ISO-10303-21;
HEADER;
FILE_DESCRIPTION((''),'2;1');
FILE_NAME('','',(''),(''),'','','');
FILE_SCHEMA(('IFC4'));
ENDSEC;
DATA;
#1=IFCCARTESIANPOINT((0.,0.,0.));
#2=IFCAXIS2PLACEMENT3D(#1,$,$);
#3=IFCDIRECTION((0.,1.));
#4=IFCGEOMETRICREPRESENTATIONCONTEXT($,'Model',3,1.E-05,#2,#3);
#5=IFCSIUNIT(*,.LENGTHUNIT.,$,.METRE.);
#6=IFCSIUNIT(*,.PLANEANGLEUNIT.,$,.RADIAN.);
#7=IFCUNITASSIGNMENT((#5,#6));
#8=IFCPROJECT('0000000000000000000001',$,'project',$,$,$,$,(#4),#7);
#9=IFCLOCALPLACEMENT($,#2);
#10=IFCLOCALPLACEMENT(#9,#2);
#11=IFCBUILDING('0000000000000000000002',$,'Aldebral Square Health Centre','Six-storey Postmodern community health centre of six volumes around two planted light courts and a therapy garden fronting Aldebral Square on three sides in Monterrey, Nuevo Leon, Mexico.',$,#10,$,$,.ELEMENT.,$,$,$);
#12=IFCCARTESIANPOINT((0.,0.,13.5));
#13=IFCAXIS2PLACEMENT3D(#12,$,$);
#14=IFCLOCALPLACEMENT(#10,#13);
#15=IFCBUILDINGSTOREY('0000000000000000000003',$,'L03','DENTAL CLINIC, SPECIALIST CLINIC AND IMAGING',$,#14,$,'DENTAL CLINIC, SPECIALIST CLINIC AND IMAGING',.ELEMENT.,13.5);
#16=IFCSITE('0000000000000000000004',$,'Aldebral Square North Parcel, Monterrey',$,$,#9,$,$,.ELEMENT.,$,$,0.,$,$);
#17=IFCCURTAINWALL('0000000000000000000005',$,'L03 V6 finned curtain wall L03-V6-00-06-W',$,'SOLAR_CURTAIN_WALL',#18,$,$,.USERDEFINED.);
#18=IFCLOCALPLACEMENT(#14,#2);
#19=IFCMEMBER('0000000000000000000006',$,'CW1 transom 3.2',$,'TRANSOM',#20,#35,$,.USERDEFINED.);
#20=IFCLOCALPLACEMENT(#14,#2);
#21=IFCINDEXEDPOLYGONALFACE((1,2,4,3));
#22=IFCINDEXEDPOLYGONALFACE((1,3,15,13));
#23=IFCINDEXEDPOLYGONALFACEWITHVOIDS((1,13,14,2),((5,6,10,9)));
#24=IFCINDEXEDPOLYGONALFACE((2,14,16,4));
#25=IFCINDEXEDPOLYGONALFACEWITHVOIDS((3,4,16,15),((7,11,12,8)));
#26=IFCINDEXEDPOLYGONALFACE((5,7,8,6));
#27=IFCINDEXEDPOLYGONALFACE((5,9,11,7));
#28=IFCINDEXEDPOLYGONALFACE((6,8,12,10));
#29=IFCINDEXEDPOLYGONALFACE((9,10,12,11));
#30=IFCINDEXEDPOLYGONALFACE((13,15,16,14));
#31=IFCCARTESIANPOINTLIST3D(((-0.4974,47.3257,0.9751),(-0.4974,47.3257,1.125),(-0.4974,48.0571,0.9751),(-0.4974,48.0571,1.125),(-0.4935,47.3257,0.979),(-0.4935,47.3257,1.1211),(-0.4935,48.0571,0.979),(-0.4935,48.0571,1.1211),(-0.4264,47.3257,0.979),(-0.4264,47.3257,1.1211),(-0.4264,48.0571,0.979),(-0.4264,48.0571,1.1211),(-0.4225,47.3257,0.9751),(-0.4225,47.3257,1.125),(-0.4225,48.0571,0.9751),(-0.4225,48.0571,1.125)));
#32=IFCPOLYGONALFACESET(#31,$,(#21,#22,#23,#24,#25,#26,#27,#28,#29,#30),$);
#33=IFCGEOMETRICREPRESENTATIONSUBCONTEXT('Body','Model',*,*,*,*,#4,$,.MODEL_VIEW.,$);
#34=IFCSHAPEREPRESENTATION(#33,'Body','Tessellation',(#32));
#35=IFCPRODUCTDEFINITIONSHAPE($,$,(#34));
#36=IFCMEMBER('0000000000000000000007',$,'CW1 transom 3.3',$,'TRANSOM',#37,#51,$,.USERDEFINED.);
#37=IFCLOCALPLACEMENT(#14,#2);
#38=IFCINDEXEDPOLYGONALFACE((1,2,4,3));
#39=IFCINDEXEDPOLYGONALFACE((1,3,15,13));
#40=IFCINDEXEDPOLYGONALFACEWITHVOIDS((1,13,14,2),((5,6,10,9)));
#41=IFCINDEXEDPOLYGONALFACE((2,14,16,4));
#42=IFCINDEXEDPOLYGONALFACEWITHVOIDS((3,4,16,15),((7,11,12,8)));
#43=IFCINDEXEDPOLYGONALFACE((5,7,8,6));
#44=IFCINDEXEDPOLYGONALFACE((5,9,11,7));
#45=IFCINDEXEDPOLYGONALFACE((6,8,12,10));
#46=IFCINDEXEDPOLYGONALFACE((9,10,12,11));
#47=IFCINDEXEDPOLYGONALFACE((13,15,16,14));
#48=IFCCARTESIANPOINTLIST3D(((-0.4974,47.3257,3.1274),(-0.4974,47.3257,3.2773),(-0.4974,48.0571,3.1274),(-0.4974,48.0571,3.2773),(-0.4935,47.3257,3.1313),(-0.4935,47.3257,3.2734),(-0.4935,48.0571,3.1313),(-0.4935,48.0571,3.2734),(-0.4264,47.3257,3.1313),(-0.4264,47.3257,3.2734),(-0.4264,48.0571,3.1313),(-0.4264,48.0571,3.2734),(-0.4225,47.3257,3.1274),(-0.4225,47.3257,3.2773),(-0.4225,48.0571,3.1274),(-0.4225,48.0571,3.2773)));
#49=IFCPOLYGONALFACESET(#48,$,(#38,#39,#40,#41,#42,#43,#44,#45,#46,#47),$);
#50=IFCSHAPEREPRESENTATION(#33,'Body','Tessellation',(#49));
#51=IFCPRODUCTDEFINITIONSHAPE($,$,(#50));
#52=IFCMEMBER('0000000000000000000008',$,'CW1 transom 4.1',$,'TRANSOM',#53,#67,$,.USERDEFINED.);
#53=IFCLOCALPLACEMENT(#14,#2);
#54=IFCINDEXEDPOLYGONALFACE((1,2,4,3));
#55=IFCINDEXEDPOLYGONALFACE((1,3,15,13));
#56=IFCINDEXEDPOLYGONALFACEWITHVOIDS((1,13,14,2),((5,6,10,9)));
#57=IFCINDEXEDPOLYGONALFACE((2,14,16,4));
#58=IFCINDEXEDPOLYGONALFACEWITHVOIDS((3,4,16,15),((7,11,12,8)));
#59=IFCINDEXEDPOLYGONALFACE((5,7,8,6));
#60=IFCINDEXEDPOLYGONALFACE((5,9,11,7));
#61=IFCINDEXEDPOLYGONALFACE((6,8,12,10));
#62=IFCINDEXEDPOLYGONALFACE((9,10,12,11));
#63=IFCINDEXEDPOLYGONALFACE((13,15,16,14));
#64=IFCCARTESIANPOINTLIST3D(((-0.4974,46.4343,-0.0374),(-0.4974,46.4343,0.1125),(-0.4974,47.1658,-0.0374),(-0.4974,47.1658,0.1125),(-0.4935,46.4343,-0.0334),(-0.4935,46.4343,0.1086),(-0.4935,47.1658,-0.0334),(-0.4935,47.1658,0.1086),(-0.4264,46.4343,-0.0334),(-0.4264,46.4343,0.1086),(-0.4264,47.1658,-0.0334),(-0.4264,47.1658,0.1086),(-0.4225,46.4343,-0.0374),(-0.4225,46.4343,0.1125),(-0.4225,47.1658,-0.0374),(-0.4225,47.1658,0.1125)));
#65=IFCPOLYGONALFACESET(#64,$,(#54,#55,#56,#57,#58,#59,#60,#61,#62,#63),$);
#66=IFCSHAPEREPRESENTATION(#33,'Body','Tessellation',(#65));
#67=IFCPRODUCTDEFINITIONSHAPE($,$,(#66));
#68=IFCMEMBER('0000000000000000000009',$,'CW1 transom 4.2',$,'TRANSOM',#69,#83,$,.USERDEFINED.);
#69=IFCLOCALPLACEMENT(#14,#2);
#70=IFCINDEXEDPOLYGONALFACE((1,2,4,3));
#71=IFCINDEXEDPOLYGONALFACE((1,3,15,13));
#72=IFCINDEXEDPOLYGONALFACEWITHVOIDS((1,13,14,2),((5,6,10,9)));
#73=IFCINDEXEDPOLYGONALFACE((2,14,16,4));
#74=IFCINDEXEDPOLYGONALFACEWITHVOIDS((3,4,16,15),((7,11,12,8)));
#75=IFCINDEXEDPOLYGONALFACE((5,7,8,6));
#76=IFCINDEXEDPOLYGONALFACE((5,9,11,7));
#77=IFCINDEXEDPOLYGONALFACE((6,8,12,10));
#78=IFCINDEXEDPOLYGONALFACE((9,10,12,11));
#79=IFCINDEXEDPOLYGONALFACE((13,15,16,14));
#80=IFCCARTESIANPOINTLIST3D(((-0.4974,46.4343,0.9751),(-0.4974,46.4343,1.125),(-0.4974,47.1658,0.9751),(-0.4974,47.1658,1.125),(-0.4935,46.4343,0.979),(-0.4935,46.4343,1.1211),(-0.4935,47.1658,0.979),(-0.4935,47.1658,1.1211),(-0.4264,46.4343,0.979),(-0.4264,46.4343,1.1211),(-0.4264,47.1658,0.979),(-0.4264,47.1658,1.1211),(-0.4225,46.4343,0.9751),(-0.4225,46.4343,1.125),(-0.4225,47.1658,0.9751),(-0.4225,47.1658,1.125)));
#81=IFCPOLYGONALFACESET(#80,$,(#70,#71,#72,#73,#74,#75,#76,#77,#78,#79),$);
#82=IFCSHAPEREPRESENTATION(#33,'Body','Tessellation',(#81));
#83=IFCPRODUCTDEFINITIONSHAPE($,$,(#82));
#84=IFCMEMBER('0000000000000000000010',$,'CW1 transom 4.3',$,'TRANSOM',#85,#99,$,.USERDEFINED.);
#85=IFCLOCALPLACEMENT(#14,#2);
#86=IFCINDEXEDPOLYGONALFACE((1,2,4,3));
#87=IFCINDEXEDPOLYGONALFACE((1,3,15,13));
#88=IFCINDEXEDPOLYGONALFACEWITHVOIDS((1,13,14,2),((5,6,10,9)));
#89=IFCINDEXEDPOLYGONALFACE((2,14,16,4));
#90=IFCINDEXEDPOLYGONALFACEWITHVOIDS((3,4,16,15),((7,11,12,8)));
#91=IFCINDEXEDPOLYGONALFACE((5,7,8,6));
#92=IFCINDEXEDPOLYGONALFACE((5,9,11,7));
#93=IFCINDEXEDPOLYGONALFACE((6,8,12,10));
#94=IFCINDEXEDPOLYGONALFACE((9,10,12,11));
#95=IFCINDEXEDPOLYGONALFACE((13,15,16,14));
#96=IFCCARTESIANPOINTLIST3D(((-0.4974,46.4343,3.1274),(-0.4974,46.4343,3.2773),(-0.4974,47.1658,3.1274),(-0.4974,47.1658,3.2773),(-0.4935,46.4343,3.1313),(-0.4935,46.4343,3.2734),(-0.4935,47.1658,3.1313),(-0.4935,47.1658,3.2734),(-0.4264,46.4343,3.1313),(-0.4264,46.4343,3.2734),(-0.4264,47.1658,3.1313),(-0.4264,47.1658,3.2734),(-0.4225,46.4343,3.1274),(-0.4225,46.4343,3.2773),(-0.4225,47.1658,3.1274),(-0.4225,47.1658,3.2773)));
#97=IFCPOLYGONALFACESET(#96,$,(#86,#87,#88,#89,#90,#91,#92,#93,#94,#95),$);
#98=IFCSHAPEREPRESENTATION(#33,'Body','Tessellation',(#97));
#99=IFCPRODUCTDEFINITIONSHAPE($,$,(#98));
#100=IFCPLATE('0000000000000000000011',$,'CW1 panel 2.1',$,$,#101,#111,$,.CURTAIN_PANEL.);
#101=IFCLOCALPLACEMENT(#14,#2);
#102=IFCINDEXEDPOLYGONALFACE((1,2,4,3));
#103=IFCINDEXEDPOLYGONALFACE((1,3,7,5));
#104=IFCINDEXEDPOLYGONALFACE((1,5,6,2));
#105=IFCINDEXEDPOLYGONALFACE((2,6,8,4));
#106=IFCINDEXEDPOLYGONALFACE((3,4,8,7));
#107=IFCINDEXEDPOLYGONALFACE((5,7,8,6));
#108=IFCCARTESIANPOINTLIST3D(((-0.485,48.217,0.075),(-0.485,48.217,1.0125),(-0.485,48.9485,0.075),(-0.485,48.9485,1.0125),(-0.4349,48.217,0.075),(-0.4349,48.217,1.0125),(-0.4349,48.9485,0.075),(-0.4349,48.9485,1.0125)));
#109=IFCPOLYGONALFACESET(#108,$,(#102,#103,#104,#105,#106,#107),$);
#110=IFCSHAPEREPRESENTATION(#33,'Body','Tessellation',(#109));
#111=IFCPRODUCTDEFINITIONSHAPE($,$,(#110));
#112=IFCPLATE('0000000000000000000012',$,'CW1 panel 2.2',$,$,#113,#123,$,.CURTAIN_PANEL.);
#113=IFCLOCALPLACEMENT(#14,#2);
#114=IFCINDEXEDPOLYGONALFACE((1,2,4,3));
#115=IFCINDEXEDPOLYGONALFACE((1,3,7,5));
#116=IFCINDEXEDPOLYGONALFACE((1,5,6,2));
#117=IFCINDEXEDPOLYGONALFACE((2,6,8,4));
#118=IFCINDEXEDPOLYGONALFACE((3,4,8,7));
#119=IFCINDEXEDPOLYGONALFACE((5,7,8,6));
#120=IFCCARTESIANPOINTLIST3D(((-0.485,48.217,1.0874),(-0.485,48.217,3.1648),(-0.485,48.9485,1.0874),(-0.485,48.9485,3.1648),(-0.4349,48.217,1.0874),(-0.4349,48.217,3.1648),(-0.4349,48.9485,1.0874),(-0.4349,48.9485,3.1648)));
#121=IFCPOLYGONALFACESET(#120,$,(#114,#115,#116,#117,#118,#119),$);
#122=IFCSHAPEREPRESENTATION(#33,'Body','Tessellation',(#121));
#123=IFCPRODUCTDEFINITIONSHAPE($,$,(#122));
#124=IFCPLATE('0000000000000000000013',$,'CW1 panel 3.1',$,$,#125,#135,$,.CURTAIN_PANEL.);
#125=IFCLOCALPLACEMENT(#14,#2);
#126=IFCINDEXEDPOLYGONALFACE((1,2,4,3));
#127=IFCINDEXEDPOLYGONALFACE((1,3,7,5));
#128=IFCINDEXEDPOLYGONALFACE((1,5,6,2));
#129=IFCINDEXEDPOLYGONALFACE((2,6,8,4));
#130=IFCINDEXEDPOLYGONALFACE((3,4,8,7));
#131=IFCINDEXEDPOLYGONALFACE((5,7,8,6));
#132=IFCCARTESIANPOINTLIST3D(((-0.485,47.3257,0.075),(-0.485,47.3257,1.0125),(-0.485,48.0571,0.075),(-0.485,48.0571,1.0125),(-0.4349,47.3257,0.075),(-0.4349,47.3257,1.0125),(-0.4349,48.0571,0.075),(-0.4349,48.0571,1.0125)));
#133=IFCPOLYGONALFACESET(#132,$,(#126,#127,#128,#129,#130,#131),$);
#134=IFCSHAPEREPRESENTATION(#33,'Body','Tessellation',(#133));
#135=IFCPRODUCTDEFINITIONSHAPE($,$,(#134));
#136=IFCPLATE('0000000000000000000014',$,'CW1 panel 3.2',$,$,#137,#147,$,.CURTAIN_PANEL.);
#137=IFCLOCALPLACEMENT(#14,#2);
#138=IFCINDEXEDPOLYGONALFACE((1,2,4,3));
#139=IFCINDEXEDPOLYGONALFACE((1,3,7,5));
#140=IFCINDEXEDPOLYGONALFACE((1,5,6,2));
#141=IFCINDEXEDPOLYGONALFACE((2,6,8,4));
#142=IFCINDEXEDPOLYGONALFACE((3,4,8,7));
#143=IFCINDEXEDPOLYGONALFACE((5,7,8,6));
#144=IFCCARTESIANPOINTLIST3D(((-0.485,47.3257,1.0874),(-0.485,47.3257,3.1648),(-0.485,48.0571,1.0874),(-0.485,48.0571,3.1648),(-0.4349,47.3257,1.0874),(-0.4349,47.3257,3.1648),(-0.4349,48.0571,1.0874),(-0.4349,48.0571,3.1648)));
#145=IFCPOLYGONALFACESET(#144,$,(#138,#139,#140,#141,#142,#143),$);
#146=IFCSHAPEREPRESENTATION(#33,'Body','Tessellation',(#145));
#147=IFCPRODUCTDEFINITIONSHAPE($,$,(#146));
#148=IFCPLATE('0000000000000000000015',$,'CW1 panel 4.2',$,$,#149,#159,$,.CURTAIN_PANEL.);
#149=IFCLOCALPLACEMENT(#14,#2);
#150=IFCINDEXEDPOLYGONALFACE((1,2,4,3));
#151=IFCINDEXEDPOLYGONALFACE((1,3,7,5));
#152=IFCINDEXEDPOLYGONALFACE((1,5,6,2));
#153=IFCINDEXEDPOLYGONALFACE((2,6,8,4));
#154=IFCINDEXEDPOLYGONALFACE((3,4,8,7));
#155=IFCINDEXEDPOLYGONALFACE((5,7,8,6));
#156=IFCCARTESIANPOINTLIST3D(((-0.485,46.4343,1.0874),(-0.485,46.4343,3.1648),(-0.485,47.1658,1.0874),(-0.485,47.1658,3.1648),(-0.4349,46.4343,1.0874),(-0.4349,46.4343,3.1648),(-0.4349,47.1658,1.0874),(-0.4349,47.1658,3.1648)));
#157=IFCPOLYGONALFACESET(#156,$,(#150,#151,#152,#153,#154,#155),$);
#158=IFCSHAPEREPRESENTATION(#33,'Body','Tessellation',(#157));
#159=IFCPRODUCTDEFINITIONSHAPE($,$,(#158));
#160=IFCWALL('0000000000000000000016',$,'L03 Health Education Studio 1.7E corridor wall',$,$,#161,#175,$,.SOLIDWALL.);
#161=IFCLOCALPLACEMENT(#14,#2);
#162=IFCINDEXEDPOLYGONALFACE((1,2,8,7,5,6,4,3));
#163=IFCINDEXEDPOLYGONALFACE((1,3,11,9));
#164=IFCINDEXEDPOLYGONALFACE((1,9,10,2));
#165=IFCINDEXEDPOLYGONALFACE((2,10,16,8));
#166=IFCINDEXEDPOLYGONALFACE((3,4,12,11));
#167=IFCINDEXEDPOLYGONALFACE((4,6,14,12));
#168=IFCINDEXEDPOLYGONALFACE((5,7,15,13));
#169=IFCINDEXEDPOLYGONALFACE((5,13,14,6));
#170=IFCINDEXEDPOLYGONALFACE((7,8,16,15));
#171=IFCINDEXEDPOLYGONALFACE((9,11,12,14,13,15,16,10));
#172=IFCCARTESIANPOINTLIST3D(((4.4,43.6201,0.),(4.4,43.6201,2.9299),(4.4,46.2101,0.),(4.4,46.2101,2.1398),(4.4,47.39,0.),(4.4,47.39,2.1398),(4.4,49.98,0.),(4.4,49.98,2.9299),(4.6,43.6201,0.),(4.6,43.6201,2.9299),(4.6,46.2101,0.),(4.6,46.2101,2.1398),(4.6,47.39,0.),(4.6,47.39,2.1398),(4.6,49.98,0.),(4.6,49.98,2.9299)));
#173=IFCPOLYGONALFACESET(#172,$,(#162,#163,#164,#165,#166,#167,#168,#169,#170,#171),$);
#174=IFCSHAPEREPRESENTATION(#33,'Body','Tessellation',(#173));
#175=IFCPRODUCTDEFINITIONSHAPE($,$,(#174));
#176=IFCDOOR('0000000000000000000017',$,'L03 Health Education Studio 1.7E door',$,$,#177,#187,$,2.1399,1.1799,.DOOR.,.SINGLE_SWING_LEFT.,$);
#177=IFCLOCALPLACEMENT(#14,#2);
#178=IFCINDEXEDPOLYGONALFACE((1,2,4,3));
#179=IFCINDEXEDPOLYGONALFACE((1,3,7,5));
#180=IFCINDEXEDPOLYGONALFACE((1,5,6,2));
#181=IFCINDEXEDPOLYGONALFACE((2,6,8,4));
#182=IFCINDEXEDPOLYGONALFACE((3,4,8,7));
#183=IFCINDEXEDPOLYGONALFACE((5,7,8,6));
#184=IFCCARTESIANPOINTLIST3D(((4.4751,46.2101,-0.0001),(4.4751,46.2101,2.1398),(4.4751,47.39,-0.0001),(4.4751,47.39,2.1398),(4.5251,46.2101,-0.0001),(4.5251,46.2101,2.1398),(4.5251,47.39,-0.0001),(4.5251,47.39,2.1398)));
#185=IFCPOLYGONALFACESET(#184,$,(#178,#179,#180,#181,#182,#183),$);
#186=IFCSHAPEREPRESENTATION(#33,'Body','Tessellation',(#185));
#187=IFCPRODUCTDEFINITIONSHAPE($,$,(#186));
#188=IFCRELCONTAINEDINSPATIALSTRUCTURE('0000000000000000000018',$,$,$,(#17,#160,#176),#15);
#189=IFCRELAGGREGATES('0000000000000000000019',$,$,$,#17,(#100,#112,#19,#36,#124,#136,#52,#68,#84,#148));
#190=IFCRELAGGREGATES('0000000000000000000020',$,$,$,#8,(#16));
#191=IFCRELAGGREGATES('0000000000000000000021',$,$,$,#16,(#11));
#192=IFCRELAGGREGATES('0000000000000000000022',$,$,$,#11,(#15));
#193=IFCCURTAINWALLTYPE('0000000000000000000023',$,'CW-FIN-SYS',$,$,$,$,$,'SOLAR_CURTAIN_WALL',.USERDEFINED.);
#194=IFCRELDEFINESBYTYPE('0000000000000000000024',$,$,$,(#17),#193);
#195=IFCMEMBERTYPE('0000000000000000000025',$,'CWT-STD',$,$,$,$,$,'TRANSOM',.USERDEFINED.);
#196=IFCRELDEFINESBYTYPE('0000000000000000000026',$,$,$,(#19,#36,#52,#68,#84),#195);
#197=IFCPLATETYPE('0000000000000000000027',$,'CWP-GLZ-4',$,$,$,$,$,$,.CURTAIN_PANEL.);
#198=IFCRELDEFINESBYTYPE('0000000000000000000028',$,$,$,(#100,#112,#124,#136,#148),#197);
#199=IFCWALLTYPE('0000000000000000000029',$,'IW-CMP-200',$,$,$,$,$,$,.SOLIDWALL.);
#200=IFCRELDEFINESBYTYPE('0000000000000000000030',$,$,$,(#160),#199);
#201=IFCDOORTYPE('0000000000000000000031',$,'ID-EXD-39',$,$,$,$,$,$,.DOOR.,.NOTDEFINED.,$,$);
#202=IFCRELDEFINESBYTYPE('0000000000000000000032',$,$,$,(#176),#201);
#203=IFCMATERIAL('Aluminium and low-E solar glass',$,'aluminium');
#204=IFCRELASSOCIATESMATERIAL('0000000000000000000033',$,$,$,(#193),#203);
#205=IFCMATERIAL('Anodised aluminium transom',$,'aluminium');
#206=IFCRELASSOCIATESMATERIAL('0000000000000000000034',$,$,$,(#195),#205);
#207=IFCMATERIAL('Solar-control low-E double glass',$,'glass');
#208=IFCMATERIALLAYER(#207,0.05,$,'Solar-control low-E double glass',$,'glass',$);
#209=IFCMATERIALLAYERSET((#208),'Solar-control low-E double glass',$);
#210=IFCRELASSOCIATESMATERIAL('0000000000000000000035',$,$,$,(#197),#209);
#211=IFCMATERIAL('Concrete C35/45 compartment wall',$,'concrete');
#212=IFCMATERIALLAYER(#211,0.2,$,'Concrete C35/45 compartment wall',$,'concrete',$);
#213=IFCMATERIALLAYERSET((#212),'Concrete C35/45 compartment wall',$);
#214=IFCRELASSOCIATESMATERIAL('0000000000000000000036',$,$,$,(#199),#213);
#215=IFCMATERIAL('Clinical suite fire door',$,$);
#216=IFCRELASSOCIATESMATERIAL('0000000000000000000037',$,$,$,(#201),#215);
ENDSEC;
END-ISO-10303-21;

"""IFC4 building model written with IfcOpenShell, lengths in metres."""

from ifc_helpers import new_model, si_unit, direction, frame, frame_2d, origin, origin_2d, place, context, subcontext, project, spatial, rectangle, hollow_rectangle, extrude, material, layer, layer_set, material_profile, profile_set, type_object, element, fill, aggregate, save


model = new_model("IFC4")

# Units and contexts
model_context = context("Model", 3, precision=1e-05, world=origin(), true_north=direction((0.0, 1.0)))
body_context = subcontext(model_context, "Body", "Model", "MODEL_VIEW")
ifc_project = project(units=[si_unit("LENGTHUNIT", "METRE"), si_unit("PLANEANGLEUNIT", "RADIAN")], contexts=[model_context])

# Site, building, storey
site_placement = place(None, origin())
site = spatial("IfcSite", under=ifc_project, at=site_placement, Name="Aldebral Square North Parcel, Monterrey", CompositionType="ELEMENT", RefElevation=0.0)
building_placement = place(site_placement, origin())
building = spatial("IfcBuilding", under=site, at=building_placement, Name="Aldebral Square Health Centre", Description="Six-storey Postmodern community health centre of six volumes around two planted light courts and a therapy garden fronting Aldebral Square on three sides in Monterrey, Nuevo Leon, Mexico.", CompositionType="ELEMENT")
storey_placement = place(building_placement, frame((0.0, 0.0, 13.5)))
storey = spatial("IfcBuildingStorey", under=building, at=storey_placement, Name="L03", Description="DENTAL CLINIC, SPECIALIST CLINIC AND IMAGING", LongName="DENTAL CLINIC, SPECIALIST CLINIC AND IMAGING", CompositionType="ELEMENT", Elevation=13.5)

# Curtain wall, members, plates
ifc_material_1 = material(Name="Aluminium and low-E solar glass", Category="aluminium")
curtain_wall_type = type_object("IfcCurtainWallType", Name="CW-FIN-SYS", ElementType="SOLAR_CURTAIN_WALL", PredefinedType="USERDEFINED", material=ifc_material_1)
curtain_wall_placement = place(storey_placement, origin())
curtain_wall = element("IfcCurtainWall", 1, at=curtain_wall_placement, inside=storey, type_object=curtain_wall_type, Name="L03 V6 finned curtain wall L03-V6-00-06-W", ObjectType="SOLAR_CURTAIN_WALL", PredefinedType="USERDEFINED")
ifc_material_2 = material(Name="Anodised aluminium transom", Category="aluminium")
ifc_material_profile_1 = material_profile(ifc_material_2, hollow_rectangle(XDim=0.075, YDim=0.1499, WallThickness=0.0039, at=origin_2d()), Name="CWT 75x150x4")
ifc_profile_set_1 = profile_set([ifc_material_profile_1], Name="Anodised aluminium transom")
member_type_1 = type_object("IfcMemberType", Name="CWT-STD", ElementType="TRANSOM", PredefinedType="USERDEFINED", material=ifc_profile_set_1)
member_1_placement = place(storey_placement, frame((-0.46, 48.0571, 1.05), z_axis=(0.0, -1.0, 0.0), x_axis=(1.0, 0.0, 0.0)))
member_1 = element("IfcMember", 2, at=member_1_placement, type_object=member_type_1, Name="CW1 transom 3.2", ObjectType="TRANSOM", PredefinedType="USERDEFINED", context=body_context, shape_type="SweptSolid", body=[
    extrude(hollow_rectangle(XDim=0.075, YDim=0.1499, WallThickness=0.0039, at=origin_2d()), origin(), (0.0, 0.0, 1.0), 0.7314),
])
member_2_placement = place(storey_placement, frame((-0.46, 48.0571, 3.2024), z_axis=(0.0, -1.0, 0.0), x_axis=(1.0, 0.0, 0.0)))
member_2 = element("IfcMember", 3, at=member_2_placement, type_object=member_type_1, Name="CW1 transom 3.3", ObjectType="TRANSOM", PredefinedType="USERDEFINED", context=body_context, shape_type="SweptSolid", body=[
    extrude(hollow_rectangle(XDim=0.075, YDim=0.1499, WallThickness=0.0039, at=origin_2d()), origin(), (0.0, 0.0, 1.0), 0.7314),
])
member_3_placement = place(storey_placement, frame((-0.46, 47.1658, 0.0376), z_axis=(0.0, -1.0, 0.0), x_axis=(1.0, 0.0, 0.0)))
member_3 = element("IfcMember", 4, at=member_3_placement, type_object=member_type_1, Name="CW1 transom 4.1", ObjectType="TRANSOM", PredefinedType="USERDEFINED", context=body_context, shape_type="SweptSolid", body=[
    extrude(hollow_rectangle(XDim=0.075, YDim=0.1499, WallThickness=0.0039, at=origin_2d()), origin(), (0.0, 0.0, 1.0), 0.7314),
])
member_4_placement = place(storey_placement, frame((-0.46, 47.1658, 1.05), z_axis=(0.0, -1.0, 0.0), x_axis=(1.0, 0.0, 0.0)))
member_4 = element("IfcMember", 5, at=member_4_placement, type_object=member_type_1, Name="CW1 transom 4.2", ObjectType="TRANSOM", PredefinedType="USERDEFINED", context=body_context, shape_type="SweptSolid", body=[
    extrude(hollow_rectangle(XDim=0.075, YDim=0.1499, WallThickness=0.0039, at=origin_2d()), origin(), (0.0, 0.0, 1.0), 0.7314),
])
member_5_placement = place(storey_placement, frame((-0.46, 47.1658, 3.2024), z_axis=(0.0, -1.0, 0.0), x_axis=(1.0, 0.0, 0.0)))
member_5 = element("IfcMember", 6, at=member_5_placement, type_object=member_type_1, Name="CW1 transom 4.3", ObjectType="TRANSOM", PredefinedType="USERDEFINED", context=body_context, shape_type="SweptSolid", body=[
    extrude(hollow_rectangle(XDim=0.075, YDim=0.1499, WallThickness=0.0039, at=origin_2d()), origin(), (0.0, 0.0, 1.0), 0.7314),
])
ifc_material_3 = material(Name="Solar-control low-E double glass", Category="glass")
ifc_layer_1 = layer(ifc_material_3, 0.05, Name="Solar-control low-E double glass", Category="glass")
ifc_layer_set_1 = layer_set([ifc_layer_1], Name="Solar-control low-E double glass")
plate_type = type_object("IfcPlateType", Name="CWP-GLZ-4", PredefinedType="CURTAIN_PANEL", material=ifc_layer_set_1)
plate_1_placement = place(storey_placement, frame((-0.46, 48.5828, 0.075), z_axis=(0.0, 0.0, 1.0), x_axis=(0.0, -1.0, 0.0)))
plate_1 = element("IfcPlate", 7, at=plate_1_placement, type_object=plate_type, Name="CW1 panel 2.1", PredefinedType="CURTAIN_PANEL", context=body_context, shape_type="SweptSolid", body=[
    extrude(rectangle(XDim=0.7314, YDim=0.05, at=origin_2d()), origin(), (0.0, 0.0, 1.0), 0.9375),
])
plate_2_placement = place(storey_placement, frame((-0.46, 48.5828, 1.0874), z_axis=(0.0, 0.0, 1.0), x_axis=(0.0, -1.0, 0.0)))
plate_2 = element("IfcPlate", 8, at=plate_2_placement, type_object=plate_type, Name="CW1 panel 2.2", PredefinedType="CURTAIN_PANEL", context=body_context, shape_type="SweptSolid", body=[
    extrude(rectangle(XDim=0.7314, YDim=0.05, at=origin_2d()), origin(), (0.0, 0.0, 1.0), 2.0774),
])
plate_3_placement = place(storey_placement, frame((-0.46, 47.6914, 0.075), z_axis=(0.0, 0.0, 1.0), x_axis=(0.0, -1.0, 0.0)))
plate_3 = element("IfcPlate", 9, at=plate_3_placement, type_object=plate_type, Name="CW1 panel 3.1", PredefinedType="CURTAIN_PANEL", context=body_context, shape_type="SweptSolid", body=[
    extrude(rectangle(XDim=0.7314, YDim=0.05, at=origin_2d()), origin(), (0.0, 0.0, 1.0), 0.9375),
])
plate_4_placement = place(storey_placement, frame((-0.46, 47.6914, 1.0874), z_axis=(0.0, 0.0, 1.0), x_axis=(0.0, -1.0, 0.0)))
plate_4 = element("IfcPlate", 10, at=plate_4_placement, type_object=plate_type, Name="CW1 panel 3.2", PredefinedType="CURTAIN_PANEL", context=body_context, shape_type="SweptSolid", body=[
    extrude(rectangle(XDim=0.7314, YDim=0.05, at=origin_2d()), origin(), (0.0, 0.0, 1.0), 2.0774),
])
plate_5_placement = place(storey_placement, frame((-0.46, 46.8, 1.0874), z_axis=(0.0, 0.0, 1.0), x_axis=(0.0, -1.0, 0.0)))
plate_5 = element("IfcPlate", 11, at=plate_5_placement, type_object=plate_type, Name="CW1 panel 4.2", PredefinedType="CURTAIN_PANEL", context=body_context, shape_type="SweptSolid", body=[
    extrude(rectangle(XDim=0.7314, YDim=0.05, at=origin_2d()), origin(), (0.0, 0.0, 1.0), 2.0774),
])
aggregate(curtain_wall, [plate_1, plate_2, member_1, member_2, plate_3, plate_4, member_3, member_4, member_5, plate_5])

# Wall, opening, door
ifc_material_4 = material(Name="Concrete C35/45 compartment wall", Category="concrete")
ifc_layer_2 = layer(ifc_material_4, 0.2, Name="Concrete C35/45 compartment wall", Category="concrete")
ifc_layer_set_2 = layer_set([ifc_layer_2], Name="Concrete C35/45 compartment wall")
wall_type_1 = type_object("IfcWallType", Name="IW-CMP-200", PredefinedType="SOLIDWALL", material=ifc_layer_set_2)
wall_1_placement = place(storey_placement, frame((4.5, 43.6201, 0.0), z_axis=(0.0, 0.0, 1.0), x_axis=(0.0, 1.0, 0.0)))
wall_1 = element("IfcWall", 12, at=wall_1_placement, inside=storey, type_object=wall_type_1, Name="L03 Health Education Studio 1.7E corridor wall", PredefinedType="SOLIDWALL", context=body_context, shape_type="SweptSolid", body=[
    extrude(rectangle(XDim=6.3599, YDim=0.2, at=frame_2d((3.1799, 0.0))), origin(), (0.0, 0.0, 1.0), 2.9299),
])
opening_1_placement = place(wall_1_placement, frame((2.5901, 0.0, 0.0)))
opening_1 = element("IfcOpeningElement", 13, at=opening_1_placement, cuts=wall_1, PredefinedType="OPENING", context=body_context, shape_type="SweptSolid", body=[
    extrude(rectangle(XDim=1.1799, YDim=2.1399, at=frame_2d((0.5898, 1.0698))), frame((0.0, 0.1099, 0.0), z_axis=(0.0, -1.0, 0.0), x_axis=(1.0, 0.0, 0.0)), (0.0, 0.0, 1.0), 0.22),
])
ifc_material_5 = material(Name="Clinical suite fire door")
door_type_1 = type_object("IfcDoorType", Name="ID-EXD-39", OperationType="NOTDEFINED", PredefinedType="DOOR", material=ifc_material_5)
door_1_placement = place(opening_1_placement, origin())
door_1 = element("IfcDoor", 14, at=door_1_placement, inside=storey, type_object=door_type_1, Name="L03 Health Education Studio 1.7E door", OperationType="SINGLE_SWING_LEFT", OverallHeight=2.1399, OverallWidth=1.1799, PredefinedType="DOOR", context=body_context, shape_type="SweptSolid", body=[
    extrude(rectangle(XDim=1.1799, YDim=2.1399, at=frame_2d((0.5898, 1.0698))), frame((0.0, 0.0249, 0.0), z_axis=(0.0, -1.0, 0.0), x_axis=(1.0, 0.0, 0.0)), (0.0, 0.0, 1.0), 0.05),
])
fill(opening_1, door_1)

save(model, "model.ifc")
